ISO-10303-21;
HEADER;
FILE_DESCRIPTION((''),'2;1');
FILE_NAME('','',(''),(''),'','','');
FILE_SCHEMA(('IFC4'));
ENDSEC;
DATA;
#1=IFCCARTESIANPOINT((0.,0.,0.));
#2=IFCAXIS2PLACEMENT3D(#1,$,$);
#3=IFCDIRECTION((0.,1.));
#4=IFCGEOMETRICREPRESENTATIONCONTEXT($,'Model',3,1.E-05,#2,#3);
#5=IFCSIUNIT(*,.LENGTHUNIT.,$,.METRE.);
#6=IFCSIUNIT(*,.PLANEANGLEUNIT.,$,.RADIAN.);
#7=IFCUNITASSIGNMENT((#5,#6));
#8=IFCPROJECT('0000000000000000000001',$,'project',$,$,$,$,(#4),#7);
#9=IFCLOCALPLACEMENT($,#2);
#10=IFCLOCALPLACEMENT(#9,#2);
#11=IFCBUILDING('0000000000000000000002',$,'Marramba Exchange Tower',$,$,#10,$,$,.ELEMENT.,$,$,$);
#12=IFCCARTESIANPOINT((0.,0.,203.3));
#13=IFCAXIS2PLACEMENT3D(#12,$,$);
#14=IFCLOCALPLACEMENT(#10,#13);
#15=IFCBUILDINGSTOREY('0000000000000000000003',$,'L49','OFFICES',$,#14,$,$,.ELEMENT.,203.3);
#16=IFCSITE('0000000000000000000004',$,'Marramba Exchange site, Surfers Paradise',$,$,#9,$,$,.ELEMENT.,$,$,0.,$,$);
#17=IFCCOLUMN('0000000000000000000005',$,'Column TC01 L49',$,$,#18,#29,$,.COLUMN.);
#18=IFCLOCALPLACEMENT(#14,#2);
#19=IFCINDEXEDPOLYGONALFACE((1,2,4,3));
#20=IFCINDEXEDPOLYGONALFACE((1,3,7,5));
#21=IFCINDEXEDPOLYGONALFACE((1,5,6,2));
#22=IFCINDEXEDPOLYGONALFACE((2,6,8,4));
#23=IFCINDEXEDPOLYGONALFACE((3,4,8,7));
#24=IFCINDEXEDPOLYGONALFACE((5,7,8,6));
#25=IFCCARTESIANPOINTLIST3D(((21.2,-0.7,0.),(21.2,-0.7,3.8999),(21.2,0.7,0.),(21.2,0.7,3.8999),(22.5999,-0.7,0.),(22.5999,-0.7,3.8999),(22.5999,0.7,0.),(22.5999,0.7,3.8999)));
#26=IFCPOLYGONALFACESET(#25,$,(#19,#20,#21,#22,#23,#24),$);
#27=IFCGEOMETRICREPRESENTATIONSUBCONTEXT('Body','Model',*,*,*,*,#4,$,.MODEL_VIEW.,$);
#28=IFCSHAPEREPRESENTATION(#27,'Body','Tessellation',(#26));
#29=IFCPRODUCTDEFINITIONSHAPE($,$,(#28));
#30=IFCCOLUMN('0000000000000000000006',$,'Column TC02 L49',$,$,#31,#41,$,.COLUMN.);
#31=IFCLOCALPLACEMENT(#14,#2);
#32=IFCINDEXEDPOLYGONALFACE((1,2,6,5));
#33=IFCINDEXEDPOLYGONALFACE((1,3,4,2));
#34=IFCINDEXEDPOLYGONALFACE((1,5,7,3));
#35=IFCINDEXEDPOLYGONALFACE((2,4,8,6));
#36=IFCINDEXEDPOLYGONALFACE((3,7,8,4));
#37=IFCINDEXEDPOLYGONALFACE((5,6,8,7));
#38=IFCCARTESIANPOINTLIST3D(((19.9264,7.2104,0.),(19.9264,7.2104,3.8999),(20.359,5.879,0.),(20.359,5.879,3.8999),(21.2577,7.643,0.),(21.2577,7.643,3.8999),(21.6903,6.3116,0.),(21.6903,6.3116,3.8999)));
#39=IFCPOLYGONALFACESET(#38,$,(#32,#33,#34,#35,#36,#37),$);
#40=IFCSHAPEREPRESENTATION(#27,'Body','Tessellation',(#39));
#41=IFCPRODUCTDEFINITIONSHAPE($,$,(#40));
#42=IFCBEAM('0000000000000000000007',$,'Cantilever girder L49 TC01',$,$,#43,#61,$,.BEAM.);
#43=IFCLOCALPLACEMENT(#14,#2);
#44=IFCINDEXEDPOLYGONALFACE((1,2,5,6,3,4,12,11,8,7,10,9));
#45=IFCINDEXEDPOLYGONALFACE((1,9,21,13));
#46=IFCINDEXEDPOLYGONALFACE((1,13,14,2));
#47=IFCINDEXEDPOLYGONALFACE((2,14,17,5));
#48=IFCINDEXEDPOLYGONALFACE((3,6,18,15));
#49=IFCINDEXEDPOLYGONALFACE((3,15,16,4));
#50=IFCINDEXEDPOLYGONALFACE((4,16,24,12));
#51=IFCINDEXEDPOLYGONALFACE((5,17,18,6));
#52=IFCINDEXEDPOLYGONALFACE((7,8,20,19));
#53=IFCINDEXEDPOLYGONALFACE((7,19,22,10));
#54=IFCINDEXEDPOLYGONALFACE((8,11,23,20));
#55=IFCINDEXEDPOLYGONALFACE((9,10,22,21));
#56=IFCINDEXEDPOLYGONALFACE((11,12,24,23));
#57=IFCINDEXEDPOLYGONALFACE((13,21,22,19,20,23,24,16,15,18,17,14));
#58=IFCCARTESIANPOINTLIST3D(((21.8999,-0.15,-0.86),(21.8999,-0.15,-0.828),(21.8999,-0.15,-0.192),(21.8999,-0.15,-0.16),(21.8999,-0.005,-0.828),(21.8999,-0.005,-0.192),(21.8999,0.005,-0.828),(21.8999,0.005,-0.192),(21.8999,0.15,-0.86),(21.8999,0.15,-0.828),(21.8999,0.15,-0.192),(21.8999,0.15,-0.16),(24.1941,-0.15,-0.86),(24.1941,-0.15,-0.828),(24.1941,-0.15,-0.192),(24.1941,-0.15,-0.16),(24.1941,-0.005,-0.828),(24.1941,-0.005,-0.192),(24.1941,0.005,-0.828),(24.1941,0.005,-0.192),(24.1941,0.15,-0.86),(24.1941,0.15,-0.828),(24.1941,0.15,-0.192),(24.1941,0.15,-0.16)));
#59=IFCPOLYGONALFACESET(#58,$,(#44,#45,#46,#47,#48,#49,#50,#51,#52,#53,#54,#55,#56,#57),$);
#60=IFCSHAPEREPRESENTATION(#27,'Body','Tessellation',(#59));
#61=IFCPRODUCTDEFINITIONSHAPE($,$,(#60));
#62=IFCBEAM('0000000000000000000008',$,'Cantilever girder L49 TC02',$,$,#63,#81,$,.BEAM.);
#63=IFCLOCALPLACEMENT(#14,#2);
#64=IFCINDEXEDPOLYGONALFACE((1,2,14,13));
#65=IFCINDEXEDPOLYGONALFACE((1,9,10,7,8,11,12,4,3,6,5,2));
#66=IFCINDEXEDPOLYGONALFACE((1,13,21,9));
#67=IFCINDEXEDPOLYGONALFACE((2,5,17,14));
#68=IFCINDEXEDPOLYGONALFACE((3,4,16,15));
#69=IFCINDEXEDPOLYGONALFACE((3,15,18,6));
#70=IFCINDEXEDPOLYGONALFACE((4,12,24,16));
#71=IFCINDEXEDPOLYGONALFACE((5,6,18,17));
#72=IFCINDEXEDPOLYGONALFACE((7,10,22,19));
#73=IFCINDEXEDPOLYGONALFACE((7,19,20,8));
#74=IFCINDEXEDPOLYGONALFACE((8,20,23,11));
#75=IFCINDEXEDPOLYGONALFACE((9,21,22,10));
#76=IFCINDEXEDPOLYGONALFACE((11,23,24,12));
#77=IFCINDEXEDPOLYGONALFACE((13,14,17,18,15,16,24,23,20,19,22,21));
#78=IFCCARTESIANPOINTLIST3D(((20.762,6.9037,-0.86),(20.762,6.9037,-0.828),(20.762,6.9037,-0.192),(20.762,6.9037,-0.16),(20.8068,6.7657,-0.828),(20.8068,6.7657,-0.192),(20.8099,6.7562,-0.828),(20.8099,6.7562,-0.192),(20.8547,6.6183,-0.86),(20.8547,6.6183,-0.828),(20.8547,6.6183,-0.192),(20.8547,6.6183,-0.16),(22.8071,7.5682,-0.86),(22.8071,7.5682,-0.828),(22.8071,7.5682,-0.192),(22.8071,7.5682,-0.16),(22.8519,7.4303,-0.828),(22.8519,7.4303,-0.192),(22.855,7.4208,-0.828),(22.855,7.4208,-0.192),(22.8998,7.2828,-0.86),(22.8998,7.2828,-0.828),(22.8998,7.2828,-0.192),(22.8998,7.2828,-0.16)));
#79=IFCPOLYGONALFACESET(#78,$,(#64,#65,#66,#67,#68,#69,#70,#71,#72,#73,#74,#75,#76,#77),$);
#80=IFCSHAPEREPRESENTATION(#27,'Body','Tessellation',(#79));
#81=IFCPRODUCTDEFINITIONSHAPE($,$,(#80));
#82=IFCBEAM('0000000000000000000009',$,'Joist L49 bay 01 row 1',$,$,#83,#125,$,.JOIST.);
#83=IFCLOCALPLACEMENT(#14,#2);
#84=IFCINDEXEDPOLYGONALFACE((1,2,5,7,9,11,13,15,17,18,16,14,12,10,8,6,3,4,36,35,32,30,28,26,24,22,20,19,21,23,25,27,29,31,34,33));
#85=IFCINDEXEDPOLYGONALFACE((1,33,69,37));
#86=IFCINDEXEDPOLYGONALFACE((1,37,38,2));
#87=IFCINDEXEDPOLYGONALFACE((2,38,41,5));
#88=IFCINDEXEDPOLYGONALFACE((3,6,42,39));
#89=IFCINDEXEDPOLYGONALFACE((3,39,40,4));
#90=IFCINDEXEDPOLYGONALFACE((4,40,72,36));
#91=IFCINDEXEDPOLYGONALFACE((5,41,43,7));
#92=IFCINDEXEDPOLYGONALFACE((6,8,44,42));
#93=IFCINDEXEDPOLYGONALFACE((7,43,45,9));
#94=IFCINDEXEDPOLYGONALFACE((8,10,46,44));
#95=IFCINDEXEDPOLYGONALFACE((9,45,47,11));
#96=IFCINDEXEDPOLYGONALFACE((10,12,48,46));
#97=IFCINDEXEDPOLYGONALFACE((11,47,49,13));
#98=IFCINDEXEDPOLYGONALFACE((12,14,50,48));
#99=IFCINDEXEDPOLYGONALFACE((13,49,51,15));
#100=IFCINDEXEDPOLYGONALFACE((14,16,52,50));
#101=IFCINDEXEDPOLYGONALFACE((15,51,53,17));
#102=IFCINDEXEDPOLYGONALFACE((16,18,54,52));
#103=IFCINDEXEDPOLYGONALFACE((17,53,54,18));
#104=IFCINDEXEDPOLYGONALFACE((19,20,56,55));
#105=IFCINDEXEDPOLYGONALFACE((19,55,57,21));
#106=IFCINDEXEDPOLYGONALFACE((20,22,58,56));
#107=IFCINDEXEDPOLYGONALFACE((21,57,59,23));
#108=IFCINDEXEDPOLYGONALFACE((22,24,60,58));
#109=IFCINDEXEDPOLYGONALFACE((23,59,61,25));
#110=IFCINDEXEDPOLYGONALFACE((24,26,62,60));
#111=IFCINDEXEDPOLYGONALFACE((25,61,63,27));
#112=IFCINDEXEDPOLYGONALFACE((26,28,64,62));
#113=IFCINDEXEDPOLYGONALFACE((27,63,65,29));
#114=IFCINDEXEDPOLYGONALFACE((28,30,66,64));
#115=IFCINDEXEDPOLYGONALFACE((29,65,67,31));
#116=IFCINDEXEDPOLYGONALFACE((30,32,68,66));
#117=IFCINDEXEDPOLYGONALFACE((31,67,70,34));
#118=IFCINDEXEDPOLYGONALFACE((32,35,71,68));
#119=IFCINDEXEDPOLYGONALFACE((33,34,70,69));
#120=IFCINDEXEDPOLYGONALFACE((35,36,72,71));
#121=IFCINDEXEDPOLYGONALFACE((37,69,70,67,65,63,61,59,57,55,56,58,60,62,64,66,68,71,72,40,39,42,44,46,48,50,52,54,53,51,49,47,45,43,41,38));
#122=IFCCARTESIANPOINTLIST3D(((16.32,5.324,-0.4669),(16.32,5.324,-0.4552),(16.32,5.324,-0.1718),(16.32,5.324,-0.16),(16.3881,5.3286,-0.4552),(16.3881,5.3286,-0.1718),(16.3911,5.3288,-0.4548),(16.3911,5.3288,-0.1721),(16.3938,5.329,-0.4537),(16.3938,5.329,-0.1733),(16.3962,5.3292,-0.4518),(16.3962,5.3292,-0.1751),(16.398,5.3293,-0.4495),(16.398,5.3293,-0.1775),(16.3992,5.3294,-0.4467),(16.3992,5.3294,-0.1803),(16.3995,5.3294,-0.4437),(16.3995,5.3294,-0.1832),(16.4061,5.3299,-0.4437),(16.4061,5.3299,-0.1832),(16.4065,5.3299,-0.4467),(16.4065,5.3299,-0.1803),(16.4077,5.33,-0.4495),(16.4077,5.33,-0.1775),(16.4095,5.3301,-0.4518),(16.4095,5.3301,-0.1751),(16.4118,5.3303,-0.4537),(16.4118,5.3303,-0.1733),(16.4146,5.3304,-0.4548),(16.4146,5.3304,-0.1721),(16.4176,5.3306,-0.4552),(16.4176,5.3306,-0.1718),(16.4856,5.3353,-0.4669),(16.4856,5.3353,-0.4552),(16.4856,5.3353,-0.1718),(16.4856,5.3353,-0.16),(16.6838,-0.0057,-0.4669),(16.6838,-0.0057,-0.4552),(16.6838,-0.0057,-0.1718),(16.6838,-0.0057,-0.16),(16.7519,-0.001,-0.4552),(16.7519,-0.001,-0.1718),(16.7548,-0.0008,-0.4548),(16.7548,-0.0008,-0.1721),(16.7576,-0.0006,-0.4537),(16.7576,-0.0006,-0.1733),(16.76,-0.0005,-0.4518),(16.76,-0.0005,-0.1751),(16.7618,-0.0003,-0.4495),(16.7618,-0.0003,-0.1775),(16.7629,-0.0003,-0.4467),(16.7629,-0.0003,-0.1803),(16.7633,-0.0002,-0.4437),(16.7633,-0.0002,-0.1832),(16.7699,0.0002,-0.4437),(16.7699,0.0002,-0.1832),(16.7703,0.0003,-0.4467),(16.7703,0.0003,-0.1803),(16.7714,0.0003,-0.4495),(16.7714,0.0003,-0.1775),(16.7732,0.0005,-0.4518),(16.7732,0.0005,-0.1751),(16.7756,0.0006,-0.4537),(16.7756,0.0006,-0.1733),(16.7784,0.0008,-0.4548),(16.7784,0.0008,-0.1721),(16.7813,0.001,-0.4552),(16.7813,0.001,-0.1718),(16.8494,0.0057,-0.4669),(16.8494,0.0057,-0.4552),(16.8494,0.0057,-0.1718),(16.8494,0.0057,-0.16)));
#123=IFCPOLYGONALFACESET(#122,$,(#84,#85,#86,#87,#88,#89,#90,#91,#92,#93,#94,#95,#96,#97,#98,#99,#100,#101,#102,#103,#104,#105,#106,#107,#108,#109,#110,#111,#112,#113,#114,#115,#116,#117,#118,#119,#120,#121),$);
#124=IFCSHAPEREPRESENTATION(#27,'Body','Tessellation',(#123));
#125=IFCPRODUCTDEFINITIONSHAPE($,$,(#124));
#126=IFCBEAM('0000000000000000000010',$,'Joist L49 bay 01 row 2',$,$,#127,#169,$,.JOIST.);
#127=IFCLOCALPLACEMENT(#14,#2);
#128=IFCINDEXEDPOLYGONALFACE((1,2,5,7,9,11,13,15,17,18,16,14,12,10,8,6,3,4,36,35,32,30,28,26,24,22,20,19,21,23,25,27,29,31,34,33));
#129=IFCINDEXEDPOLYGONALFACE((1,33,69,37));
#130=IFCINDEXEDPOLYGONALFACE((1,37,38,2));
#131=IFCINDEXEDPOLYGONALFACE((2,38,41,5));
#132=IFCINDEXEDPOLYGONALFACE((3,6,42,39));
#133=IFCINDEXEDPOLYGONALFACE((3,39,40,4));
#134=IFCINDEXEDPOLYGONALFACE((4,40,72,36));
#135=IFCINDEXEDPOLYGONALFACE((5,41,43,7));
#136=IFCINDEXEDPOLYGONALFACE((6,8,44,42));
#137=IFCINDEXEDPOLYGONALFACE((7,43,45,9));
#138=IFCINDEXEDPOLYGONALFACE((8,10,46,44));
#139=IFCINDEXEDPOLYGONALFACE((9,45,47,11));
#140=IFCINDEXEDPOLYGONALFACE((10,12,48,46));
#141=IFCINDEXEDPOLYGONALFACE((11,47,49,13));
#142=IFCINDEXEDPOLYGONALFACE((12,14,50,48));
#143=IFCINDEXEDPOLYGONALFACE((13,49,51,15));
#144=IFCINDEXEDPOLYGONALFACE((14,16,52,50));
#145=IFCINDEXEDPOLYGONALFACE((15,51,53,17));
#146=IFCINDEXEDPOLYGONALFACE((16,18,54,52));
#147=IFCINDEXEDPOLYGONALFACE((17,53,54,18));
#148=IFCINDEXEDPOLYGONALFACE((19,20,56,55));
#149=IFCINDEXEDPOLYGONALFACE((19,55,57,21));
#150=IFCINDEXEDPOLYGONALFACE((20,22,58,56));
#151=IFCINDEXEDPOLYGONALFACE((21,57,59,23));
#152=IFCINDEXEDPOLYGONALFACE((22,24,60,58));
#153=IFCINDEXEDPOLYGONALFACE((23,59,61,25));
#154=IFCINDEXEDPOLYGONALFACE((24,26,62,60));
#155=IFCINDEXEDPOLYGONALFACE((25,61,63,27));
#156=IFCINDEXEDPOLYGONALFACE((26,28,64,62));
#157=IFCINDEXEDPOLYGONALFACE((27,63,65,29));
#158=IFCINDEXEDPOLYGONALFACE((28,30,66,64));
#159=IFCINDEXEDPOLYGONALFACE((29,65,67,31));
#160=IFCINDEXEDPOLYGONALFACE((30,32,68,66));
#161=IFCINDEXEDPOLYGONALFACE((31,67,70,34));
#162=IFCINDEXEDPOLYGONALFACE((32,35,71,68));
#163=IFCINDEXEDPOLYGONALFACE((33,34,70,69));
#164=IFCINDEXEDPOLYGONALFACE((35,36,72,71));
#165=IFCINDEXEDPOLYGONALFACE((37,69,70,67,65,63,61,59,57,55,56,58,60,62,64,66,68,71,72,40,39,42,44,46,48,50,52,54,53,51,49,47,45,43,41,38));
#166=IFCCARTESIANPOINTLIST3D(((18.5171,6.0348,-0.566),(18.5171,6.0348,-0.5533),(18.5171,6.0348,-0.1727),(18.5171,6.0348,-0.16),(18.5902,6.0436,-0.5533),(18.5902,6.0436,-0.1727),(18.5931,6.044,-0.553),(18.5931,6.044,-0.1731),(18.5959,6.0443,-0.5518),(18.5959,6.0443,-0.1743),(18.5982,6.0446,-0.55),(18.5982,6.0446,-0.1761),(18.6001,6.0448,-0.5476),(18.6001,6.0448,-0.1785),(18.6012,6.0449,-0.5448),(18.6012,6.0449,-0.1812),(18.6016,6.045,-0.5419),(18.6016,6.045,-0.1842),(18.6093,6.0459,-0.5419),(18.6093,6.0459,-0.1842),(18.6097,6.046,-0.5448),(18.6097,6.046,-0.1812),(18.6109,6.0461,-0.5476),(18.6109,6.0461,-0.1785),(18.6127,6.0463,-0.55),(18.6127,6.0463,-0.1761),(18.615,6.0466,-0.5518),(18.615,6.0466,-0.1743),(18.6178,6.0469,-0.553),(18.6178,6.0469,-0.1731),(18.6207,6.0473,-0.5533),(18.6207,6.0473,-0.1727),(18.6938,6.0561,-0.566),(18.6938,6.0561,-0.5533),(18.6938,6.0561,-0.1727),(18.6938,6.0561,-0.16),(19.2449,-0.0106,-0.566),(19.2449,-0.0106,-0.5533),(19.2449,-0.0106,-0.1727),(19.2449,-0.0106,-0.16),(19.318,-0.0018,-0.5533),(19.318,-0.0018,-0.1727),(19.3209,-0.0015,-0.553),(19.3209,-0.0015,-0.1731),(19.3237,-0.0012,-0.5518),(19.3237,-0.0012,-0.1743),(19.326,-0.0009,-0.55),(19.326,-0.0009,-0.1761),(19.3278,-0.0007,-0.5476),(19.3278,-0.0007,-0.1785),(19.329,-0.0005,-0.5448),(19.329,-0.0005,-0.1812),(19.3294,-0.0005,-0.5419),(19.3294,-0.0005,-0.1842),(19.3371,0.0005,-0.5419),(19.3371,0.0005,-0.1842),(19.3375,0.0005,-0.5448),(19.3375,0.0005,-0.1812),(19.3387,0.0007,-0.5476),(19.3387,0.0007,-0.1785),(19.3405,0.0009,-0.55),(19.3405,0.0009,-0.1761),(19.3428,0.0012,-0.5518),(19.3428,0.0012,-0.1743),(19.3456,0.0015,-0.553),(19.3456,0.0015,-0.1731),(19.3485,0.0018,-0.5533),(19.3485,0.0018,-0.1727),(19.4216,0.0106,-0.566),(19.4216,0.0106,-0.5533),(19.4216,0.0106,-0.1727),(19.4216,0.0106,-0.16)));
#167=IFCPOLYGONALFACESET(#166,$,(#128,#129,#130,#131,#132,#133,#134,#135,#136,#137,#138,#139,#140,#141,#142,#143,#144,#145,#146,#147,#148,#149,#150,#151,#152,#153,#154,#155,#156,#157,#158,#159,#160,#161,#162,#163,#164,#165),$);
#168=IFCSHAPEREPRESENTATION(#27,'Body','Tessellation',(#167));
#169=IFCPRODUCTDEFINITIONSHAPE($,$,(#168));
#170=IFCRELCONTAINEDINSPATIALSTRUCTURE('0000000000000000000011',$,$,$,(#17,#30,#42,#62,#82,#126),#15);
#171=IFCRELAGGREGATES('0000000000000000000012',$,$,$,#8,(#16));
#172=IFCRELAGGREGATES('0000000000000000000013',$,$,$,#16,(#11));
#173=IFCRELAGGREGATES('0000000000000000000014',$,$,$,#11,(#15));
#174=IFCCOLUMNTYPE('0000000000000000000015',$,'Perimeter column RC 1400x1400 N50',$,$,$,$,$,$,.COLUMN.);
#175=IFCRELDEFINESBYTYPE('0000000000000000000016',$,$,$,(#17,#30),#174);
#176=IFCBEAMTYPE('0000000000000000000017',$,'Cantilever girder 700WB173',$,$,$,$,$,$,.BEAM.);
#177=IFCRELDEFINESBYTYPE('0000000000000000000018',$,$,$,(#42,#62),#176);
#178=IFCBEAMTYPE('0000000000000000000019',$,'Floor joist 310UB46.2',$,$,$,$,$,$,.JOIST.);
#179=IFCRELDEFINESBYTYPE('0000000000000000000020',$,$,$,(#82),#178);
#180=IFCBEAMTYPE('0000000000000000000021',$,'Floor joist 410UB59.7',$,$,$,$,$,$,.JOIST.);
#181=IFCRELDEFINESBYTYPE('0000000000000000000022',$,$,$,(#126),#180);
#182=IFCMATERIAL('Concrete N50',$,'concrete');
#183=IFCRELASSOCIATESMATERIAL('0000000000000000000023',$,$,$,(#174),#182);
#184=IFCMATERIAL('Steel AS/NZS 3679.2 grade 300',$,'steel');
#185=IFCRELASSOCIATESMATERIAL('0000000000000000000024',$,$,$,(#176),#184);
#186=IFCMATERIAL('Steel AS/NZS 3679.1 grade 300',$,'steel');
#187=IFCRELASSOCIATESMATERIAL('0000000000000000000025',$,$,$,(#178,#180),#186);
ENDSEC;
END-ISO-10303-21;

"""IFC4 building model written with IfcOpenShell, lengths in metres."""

from ifc_helpers import new_model, si_unit, direction, frame, origin, origin_2d, place, context, subcontext, project, spatial, rectangle, i_section, extrude, material, material_profile, profile_set, type_object, element, save


model = new_model("IFC4")

# Units and contexts
model_context = context("Model", 3, precision=1e-05, world=origin(), true_north=direction((0.0, 1.0)))
body_context = subcontext(model_context, "Body", "Model", "MODEL_VIEW")
ifc_project = project(units=[si_unit("LENGTHUNIT", "METRE"), si_unit("PLANEANGLEUNIT", "RADIAN")], contexts=[model_context])

# Site, building, storey
site_placement = place(None, origin())
site = spatial("IfcSite", under=ifc_project, at=site_placement, Name="Marramba Exchange site, Surfers Paradise", CompositionType="ELEMENT", RefElevation=0.0)
building_placement = place(site_placement, origin())
building = spatial("IfcBuilding", under=site, at=building_placement, Name="Marramba Exchange Tower", CompositionType="ELEMENT")
storey_placement = place(building_placement, frame((0.0, 0.0, 203.3)))
storey = spatial("IfcBuildingStorey", under=building, at=storey_placement, Name="L49", Description="OFFICES", CompositionType="ELEMENT", Elevation=203.3)

# Columns
ifc_material_1 = material(Name="Concrete N50", Category="concrete")
ifc_material_profile_1 = material_profile(ifc_material_1, rectangle(XDim=1.3999, YDim=1.3999, at=origin_2d()), Name="RC 1400x1400")
ifc_profile_set_1 = profile_set([ifc_material_profile_1], Name="Concrete N50")
column_type = type_object("IfcColumnType", Name="Perimeter column RC 1400x1400 N50", PredefinedType="COLUMN", material=ifc_profile_set_1)
for number, where, z_axis, x_axis, name in (
    (1, (21.8999, 0.0, 0.0), (0.0, 0.0, 1.0), (1.0, 0.0, 0.0), "Column TC01 L49"),
    (2, (20.8083, 6.761, 0.0), (0.0, 0.0, 1.0), (0.951057, 0.309017, 0.0), "Column TC02 L49"),
):
    element("IfcColumn", number, at=place(storey_placement, frame(where, z_axis=z_axis, x_axis=x_axis)), inside=storey, type_object=column_type, Name=name, PredefinedType="COLUMN", context=body_context, shape_type="SweptSolid", body=[
        extrude(rectangle(XDim=1.3999, YDim=1.3999, at=origin_2d()), origin(), (0.0, 0.0, 1.0), 3.8999),
    ])

# Beams
ifc_material_2 = material(Name="Steel AS/NZS 3679.2 grade 300", Category="steel")
ifc_material_profile_2 = material_profile(ifc_material_2, i_section(OverallWidth=0.3, OverallDepth=0.7, WebThickness=0.01, FlangeThickness=0.032, at=origin_2d()), Name="700WB173")
ifc_profile_set_2 = profile_set([ifc_material_profile_2], Name="Steel AS/NZS 3679.2 grade 300")
beam_type_1 = type_object("IfcBeamType", Name="Cantilever girder 700WB173", PredefinedType="BEAM", material=ifc_profile_set_2)
beam_1_placement = place(storey_placement, frame((21.8999, 0.0, -0.51), z_axis=(1.0, 0.0, 0.0), x_axis=(0.0, 1.0, 0.0)))
element("IfcBeam", 3, at=beam_1_placement, inside=storey, type_object=beam_type_1, Name="Cantilever girder L49 TC01", PredefinedType="BEAM", context=body_context, shape_type="SweptSolid", body=[
    extrude(i_section(OverallWidth=0.3, OverallDepth=0.7, WebThickness=0.01, FlangeThickness=0.032, at=origin_2d()), origin(), (0.0, 0.0, 1.0), 2.2942),
])
beam_2_placement = place(storey_placement, frame((20.8083, 6.761, -0.51), z_axis=(0.951052, 0.309032, 0.0), x_axis=(-0.309032, 0.951052, 0.0)))
element("IfcBeam", 4, at=beam_2_placement, inside=storey, type_object=beam_type_1, Name="Cantilever girder L49 TC02", PredefinedType="BEAM", context=body_context, shape_type="SweptSolid", body=[
    extrude(i_section(OverallWidth=0.3, OverallDepth=0.7, WebThickness=0.01, FlangeThickness=0.032, at=origin_2d()), origin(), (0.0, 0.0, 1.0), 2.1504),
])
ifc_material_3 = material(Name="Steel AS/NZS 3679.1 grade 300", Category="steel")
ifc_material_profile_3 = material_profile(ifc_material_3, i_section(OverallWidth=0.166, OverallDepth=0.3069, WebThickness=0.0066, FlangeThickness=0.0117, FilletRadius=0.0115, at=origin_2d()), Name="310UB46.2")
ifc_profile_set_3 = profile_set([ifc_material_profile_3], Name="Steel AS/NZS 3679.1 grade 300")
beam_type_2 = type_object("IfcBeamType", Name="Floor joist 310UB46.2", PredefinedType="JOIST", material=ifc_profile_set_3)
beam_3_placement = place(storey_placement, frame((16.7666, 0.0, -0.3135), z_axis=(-0.068096, 0.997679, 0.0), x_axis=(-0.997679, -0.068096, 0.0)))
element("IfcBeam", 5, at=beam_3_placement, inside=storey, type_object=beam_type_2, Name="Joist L49 bay 01 row 1", PredefinedType="JOIST", context=body_context, shape_type="SweptSolid", body=[
    extrude(i_section(OverallWidth=0.166, OverallDepth=0.3069, WebThickness=0.0066, FlangeThickness=0.0117, FilletRadius=0.0115, at=origin_2d()), origin(), (0.0, 0.0, 1.0), 5.342),
])
ifc_material_profile_4 = material_profile(ifc_material_3, i_section(OverallWidth=0.178, OverallDepth=0.406, WebThickness=0.0078, FlangeThickness=0.0127, FilletRadius=0.0115, at=origin_2d()), Name="410UB59.7")
ifc_profile_set_4 = profile_set([ifc_material_profile_4], Name="Steel AS/NZS 3679.1 grade 300")
beam_type_3 = type_object("IfcBeamType", Name="Floor joist 410UB59.7", PredefinedType="JOIST", material=ifc_profile_set_4)
beam_4_placement = place(storey_placement, frame((19.3333, 0.0, -0.363), z_axis=(-0.119523, 0.992831, 0.0), x_axis=(-0.992831, -0.119523, 0.0)))
element("IfcBeam", 6, at=beam_4_placement, inside=storey, type_object=beam_type_3, Name="Joist L49 bay 01 row 2", PredefinedType="JOIST", context=body_context, shape_type="SweptSolid", body=[
    extrude(i_section(OverallWidth=0.178, OverallDepth=0.406, WebThickness=0.0078, FlangeThickness=0.0127, FilletRadius=0.0115, at=origin_2d()), origin(), (0.0, 0.0, 1.0), 6.0891),
])

save(model, "model.ifc")
